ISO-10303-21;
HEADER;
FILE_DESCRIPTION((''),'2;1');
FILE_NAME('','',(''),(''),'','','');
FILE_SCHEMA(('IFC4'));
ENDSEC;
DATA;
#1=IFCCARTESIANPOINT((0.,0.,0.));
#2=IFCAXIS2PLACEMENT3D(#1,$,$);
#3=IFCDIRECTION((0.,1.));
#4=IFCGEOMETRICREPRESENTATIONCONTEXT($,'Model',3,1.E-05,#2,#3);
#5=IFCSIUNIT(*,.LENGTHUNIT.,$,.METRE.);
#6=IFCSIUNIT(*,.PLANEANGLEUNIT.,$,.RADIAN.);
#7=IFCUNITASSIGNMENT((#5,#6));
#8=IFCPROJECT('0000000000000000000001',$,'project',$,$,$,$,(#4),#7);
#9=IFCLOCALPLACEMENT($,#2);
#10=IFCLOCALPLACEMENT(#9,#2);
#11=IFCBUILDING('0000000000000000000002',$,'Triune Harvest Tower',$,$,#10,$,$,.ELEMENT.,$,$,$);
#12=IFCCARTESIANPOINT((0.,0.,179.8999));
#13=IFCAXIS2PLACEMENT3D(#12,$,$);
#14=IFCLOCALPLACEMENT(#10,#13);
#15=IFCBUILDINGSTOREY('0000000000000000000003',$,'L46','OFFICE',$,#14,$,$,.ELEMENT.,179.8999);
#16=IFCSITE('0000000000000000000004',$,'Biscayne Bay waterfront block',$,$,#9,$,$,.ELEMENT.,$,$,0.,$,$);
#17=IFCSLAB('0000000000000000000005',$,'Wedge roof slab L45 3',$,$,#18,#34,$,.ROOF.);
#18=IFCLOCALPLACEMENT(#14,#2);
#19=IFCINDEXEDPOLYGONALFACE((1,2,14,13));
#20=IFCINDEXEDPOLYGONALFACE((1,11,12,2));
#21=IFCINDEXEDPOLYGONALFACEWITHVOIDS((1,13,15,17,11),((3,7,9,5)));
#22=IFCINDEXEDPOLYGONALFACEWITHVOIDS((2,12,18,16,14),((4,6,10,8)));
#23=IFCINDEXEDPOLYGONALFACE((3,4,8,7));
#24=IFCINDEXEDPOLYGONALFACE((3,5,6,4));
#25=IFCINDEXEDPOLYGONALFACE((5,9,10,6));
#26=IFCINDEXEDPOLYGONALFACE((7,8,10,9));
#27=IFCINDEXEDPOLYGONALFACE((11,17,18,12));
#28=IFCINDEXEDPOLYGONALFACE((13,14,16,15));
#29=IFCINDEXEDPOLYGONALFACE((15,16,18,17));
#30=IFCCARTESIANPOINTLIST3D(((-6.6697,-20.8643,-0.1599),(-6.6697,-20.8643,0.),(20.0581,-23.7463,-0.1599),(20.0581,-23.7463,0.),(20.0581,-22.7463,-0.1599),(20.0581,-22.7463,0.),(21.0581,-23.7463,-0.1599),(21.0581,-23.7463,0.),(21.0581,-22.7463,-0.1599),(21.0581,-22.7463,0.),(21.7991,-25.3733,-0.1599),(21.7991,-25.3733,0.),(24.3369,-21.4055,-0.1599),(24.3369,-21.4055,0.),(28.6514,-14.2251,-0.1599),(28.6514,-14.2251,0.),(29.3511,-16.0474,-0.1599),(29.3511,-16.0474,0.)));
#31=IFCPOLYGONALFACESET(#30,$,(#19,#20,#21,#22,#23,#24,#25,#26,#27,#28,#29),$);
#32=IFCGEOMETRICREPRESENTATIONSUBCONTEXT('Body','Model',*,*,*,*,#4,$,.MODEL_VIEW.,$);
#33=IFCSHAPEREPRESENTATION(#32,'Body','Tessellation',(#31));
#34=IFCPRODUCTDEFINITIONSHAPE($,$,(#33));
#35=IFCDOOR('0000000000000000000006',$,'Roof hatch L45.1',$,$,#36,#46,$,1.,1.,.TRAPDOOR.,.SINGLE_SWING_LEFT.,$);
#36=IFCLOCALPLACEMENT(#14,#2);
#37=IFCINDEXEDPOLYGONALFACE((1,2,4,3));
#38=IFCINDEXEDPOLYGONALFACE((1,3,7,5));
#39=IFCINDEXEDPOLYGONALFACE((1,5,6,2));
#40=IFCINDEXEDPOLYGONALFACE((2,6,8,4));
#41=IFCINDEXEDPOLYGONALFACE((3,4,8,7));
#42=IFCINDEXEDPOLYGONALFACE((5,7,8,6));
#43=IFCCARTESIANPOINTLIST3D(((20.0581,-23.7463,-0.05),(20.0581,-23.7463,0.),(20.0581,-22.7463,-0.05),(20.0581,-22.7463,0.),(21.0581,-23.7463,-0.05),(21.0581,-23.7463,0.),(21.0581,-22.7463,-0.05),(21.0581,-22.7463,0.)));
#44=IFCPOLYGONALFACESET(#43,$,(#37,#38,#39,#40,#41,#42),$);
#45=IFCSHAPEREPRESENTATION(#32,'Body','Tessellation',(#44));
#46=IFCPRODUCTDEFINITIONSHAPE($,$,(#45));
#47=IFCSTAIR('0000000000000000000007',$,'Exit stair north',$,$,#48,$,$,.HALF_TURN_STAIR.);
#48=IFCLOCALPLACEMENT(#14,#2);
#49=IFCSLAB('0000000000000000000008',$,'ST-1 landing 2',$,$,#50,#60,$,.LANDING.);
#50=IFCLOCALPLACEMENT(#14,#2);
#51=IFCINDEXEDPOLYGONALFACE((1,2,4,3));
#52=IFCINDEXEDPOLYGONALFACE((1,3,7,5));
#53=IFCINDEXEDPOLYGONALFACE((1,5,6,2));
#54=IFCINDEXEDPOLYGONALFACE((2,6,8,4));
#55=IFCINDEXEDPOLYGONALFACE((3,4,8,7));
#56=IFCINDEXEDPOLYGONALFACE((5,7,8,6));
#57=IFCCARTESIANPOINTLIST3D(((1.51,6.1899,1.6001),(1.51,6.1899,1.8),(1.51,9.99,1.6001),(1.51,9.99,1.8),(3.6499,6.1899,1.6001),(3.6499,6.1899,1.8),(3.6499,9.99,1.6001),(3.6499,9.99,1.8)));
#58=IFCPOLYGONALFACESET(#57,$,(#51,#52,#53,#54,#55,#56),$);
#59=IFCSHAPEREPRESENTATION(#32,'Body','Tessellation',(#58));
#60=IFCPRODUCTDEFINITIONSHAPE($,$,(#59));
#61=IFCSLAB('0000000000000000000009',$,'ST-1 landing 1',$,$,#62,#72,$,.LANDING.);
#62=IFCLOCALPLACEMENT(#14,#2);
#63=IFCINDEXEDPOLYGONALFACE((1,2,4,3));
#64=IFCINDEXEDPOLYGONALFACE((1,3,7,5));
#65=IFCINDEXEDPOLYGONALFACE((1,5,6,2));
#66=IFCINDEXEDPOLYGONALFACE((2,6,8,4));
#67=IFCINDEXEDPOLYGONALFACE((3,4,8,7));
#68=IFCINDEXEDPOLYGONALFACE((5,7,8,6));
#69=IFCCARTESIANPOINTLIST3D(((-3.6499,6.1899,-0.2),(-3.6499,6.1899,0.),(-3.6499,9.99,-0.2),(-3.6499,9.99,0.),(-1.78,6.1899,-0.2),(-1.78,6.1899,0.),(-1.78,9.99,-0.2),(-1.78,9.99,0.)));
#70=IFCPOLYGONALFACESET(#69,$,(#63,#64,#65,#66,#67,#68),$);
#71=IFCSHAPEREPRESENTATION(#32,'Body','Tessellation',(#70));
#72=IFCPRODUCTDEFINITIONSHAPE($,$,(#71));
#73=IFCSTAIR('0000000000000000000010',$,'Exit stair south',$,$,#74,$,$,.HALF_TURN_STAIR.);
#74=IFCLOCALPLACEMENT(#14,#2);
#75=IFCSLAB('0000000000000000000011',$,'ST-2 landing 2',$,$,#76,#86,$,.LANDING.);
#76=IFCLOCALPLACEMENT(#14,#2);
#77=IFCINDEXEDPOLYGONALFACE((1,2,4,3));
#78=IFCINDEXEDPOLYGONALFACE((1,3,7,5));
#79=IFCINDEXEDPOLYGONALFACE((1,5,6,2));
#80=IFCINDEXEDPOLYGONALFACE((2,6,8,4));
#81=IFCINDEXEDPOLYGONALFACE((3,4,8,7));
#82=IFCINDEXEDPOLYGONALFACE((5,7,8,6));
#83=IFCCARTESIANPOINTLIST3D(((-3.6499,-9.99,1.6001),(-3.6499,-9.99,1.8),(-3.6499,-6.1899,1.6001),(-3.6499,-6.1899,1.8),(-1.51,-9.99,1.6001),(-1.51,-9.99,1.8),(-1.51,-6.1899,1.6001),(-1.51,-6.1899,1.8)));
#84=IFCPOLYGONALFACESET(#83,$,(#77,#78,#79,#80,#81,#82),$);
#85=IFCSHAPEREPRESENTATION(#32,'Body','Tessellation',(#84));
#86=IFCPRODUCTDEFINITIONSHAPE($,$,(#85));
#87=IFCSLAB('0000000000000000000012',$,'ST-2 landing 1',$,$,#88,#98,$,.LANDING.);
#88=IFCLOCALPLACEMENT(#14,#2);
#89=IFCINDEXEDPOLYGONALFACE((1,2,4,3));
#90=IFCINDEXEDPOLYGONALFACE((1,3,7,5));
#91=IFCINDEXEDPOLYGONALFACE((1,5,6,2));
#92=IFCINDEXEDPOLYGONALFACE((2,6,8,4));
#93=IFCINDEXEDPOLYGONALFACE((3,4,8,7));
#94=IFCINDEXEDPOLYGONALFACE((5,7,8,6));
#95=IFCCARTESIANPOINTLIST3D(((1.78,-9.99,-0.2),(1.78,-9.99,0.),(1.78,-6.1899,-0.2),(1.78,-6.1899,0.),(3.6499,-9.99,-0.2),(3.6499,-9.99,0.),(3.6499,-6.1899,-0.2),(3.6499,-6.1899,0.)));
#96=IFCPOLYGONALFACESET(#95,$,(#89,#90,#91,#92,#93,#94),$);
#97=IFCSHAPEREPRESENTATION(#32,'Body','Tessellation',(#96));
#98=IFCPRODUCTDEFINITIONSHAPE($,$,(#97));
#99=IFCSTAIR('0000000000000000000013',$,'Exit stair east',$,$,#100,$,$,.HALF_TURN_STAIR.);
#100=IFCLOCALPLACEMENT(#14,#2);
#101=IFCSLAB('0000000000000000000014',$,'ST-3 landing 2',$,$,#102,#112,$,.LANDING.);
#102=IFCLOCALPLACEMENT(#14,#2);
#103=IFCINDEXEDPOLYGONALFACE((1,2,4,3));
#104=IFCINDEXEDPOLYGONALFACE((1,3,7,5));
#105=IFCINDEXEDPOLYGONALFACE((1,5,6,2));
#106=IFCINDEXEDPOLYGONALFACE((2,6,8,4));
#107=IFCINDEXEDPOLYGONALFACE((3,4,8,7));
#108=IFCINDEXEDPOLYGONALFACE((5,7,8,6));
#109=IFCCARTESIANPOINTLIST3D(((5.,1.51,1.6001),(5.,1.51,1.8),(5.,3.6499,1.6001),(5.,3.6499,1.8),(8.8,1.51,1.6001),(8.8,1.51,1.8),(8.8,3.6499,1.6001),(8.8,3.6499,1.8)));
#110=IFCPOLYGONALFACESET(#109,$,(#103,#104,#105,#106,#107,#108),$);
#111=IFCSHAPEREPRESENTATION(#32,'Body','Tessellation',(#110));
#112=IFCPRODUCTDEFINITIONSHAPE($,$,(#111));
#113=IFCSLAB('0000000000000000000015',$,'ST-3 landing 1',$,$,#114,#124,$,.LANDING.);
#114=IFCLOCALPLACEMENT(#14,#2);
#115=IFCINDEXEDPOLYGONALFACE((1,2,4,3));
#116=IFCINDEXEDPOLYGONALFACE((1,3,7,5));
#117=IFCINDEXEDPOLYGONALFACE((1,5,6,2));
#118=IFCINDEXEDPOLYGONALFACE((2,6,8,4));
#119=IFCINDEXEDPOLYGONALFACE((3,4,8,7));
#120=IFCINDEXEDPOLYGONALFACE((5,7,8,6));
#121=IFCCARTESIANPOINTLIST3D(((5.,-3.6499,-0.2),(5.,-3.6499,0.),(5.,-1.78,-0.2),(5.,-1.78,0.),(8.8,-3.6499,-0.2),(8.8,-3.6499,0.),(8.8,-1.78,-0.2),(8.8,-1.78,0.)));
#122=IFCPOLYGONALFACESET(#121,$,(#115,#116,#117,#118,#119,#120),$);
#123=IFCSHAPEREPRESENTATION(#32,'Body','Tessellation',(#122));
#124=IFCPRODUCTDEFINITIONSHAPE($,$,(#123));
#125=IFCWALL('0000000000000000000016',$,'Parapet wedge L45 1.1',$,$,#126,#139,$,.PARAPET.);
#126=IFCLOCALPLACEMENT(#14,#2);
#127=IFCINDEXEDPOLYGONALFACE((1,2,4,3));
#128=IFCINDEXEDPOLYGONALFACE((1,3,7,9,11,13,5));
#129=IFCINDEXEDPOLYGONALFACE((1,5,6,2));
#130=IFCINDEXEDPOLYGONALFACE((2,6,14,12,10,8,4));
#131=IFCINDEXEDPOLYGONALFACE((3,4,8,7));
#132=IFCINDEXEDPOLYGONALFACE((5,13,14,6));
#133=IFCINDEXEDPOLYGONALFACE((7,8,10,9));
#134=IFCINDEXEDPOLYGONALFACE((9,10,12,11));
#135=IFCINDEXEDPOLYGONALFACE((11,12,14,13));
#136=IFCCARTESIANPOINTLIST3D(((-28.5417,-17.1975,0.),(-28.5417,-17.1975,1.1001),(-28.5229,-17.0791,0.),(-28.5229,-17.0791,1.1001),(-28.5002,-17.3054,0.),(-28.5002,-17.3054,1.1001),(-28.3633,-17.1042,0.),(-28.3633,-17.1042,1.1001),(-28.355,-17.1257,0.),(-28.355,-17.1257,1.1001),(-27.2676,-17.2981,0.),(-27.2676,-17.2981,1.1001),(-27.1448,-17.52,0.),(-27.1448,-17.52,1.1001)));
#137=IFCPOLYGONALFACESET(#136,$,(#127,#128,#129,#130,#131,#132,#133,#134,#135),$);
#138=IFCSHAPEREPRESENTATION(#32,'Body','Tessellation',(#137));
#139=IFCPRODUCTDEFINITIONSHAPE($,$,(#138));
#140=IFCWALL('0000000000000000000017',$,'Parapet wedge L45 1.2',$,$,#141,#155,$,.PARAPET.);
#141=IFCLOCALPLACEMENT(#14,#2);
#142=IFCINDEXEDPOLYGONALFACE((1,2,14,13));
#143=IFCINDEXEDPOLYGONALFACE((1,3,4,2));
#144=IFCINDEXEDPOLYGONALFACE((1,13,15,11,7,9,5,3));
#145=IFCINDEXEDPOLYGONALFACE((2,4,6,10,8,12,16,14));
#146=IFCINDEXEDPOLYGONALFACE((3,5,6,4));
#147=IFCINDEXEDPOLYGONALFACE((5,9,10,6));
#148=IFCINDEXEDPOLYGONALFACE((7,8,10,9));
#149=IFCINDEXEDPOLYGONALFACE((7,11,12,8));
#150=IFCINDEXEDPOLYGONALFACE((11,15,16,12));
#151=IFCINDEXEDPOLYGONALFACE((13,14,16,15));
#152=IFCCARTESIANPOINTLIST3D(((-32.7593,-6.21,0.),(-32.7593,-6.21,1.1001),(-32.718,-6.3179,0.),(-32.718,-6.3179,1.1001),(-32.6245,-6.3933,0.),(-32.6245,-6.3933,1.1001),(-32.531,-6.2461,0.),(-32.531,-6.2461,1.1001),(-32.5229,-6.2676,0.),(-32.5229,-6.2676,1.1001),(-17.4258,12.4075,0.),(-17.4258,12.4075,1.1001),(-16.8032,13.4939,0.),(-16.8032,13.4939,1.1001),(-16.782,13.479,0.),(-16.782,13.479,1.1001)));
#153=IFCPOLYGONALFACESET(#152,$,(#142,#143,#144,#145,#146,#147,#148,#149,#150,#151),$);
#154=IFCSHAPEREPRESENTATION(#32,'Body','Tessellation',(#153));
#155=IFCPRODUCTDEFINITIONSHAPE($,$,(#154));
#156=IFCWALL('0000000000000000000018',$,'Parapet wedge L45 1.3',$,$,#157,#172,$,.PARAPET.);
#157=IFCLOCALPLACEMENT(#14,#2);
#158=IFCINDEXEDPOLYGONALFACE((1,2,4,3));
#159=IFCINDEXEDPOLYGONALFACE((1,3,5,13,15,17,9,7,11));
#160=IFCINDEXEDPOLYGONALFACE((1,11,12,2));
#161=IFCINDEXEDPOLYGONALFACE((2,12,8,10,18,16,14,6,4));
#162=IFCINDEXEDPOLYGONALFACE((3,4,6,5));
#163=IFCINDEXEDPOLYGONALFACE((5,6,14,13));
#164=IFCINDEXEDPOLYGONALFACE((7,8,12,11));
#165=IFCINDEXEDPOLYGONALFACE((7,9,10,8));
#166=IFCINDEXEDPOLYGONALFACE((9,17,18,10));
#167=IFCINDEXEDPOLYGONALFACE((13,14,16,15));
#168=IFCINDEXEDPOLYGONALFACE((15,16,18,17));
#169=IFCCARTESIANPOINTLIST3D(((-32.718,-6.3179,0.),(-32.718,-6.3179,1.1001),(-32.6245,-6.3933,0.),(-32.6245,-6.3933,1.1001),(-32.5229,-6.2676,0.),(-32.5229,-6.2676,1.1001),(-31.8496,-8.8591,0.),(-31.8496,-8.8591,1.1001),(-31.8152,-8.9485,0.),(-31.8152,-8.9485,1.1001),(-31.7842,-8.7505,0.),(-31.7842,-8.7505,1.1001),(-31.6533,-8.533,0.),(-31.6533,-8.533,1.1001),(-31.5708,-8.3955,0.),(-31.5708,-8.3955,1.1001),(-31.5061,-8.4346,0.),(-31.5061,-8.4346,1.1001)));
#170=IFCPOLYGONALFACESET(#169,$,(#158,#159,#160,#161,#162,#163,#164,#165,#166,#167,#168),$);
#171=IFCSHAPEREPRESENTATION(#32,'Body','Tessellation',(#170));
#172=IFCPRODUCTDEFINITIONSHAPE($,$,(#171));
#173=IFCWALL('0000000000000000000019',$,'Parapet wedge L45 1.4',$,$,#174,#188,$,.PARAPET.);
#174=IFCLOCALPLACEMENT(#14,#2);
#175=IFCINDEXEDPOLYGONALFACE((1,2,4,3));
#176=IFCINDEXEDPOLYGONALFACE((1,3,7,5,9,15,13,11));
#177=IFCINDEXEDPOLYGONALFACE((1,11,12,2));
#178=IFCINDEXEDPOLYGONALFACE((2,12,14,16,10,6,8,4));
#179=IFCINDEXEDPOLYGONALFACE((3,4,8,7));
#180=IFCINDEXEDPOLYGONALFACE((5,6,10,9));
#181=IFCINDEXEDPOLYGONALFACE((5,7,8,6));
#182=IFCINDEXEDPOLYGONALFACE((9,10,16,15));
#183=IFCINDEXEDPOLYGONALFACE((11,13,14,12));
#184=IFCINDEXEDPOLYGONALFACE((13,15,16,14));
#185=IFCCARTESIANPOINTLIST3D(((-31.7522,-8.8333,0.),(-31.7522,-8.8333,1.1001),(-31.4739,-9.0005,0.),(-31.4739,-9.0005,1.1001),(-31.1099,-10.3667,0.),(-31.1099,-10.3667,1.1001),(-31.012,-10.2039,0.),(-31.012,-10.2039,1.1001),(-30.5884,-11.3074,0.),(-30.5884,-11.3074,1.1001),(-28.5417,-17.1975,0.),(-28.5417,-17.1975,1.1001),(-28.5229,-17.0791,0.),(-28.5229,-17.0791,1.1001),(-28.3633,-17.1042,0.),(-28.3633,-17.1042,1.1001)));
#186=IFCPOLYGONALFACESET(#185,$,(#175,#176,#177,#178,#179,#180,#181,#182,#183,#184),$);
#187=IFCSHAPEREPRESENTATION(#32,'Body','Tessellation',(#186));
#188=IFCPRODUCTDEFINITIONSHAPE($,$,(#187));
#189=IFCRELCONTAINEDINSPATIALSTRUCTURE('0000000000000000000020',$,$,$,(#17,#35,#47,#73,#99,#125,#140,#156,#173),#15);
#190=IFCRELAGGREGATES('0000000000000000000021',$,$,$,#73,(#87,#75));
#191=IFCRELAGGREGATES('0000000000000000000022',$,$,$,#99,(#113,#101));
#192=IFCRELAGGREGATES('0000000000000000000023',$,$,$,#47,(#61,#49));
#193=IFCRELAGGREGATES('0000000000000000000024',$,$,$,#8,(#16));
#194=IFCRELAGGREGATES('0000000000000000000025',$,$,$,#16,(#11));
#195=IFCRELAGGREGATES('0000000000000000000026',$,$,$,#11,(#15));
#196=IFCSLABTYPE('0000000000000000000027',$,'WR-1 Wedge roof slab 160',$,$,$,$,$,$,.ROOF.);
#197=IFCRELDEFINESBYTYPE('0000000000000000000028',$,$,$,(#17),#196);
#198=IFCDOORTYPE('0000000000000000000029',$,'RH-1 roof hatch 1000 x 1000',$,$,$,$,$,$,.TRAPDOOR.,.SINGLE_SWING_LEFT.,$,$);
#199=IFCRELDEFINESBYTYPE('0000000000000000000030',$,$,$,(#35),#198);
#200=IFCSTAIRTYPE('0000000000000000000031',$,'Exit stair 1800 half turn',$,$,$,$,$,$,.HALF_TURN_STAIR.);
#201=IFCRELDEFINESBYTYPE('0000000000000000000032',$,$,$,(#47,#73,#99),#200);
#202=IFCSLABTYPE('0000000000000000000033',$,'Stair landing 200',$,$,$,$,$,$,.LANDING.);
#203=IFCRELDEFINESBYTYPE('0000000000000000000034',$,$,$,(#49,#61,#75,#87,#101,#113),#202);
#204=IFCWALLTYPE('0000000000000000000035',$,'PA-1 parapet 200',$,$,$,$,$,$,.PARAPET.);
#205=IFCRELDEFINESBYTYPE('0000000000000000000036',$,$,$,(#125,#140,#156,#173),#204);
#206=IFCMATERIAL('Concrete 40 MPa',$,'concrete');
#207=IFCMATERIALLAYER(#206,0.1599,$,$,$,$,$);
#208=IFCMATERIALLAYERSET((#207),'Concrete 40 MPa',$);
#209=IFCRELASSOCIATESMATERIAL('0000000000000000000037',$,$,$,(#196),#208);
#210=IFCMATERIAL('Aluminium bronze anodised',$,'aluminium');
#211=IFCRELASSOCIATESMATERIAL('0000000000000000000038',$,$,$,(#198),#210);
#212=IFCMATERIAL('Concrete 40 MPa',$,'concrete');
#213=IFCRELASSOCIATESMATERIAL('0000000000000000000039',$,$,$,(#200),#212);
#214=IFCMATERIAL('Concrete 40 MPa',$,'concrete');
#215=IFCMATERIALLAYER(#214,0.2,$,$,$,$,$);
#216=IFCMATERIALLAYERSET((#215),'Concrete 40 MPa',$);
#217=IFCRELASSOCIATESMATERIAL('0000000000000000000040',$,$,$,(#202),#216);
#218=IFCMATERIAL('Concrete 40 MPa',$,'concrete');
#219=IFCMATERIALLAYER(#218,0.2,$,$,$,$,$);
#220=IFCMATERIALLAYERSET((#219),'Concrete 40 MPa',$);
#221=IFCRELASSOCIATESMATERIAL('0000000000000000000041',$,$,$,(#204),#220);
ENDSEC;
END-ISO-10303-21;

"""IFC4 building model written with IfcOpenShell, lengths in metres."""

from ifc_helpers import new_model, si_unit, direction, frame, origin, origin_2d, place, context, subcontext, project, spatial, polyline, rectangle, outline, extrude, source, transform, mapped, material, layer, layer_set, type_object, element, fill, aggregate, save


model = new_model("IFC4")

# Units and contexts
model_context = context("Model", 3, precision=1e-05, world=origin(), true_north=direction((0.0, 1.0)))
body_context = subcontext(model_context, "Body", "Model", "MODEL_VIEW")
ifc_project = project(units=[si_unit("LENGTHUNIT", "METRE"), si_unit("PLANEANGLEUNIT", "RADIAN")], contexts=[model_context])

# Site, building, storey
site_placement = place(None, origin())
site = spatial("IfcSite", under=ifc_project, at=site_placement, Name="Biscayne Bay waterfront block", CompositionType="ELEMENT", RefElevation=0.0)
building_placement = place(site_placement, origin())
building = spatial("IfcBuilding", under=site, at=building_placement, Name="Triune Harvest Tower", CompositionType="ELEMENT")
storey_placement = place(building_placement, frame((0.0, 0.0, 179.8999)))
storey = spatial("IfcBuildingStorey", under=building, at=storey_placement, Name="L46", Description="OFFICE", CompositionType="ELEMENT", Elevation=179.8999)

# Slab, opening, door
ifc_material_1 = material(Name="Concrete 40 MPa", Category="concrete")
ifc_layer_1 = layer(ifc_material_1, 0.1599)
ifc_layer_set_1 = layer_set([ifc_layer_1], Name="Concrete 40 MPa")
slab_type_1 = type_object("IfcSlabType", Name="WR-1 Wedge roof slab 160", PredefinedType="ROOF", material=ifc_layer_set_1)
slab_1_placement = place(storey_placement, frame((0.0, 0.0, -0.1599)))
slab_1 = element("IfcSlab", 1, at=slab_1_placement, inside=storey, type_object=slab_type_1, Name="Wedge roof slab L45 3", PredefinedType="ROOF", context=body_context, shape_type="SweptSolid", body=[
    extrude(outline(polyline([(29.3511, -16.0474), (28.6514, -14.2251), (24.3369, -21.4055), (-6.6697, -20.8643), (21.7991, -25.3733), (29.3511, -16.0474)])), origin(), (0.0, 0.0, 1.0), 0.1599),
])
opening_1_placement = place(slab_1_placement, frame((20.5581, -23.2463, 0.0)))
opening_1 = element("IfcOpeningElement", 2, at=opening_1_placement, cuts=slab_1, PredefinedType="OPENING", context=body_context, shape_type="SweptSolid", body=[
    extrude(rectangle(XDim=1.0, YDim=1.0, at=origin_2d()), origin(), (0.0, 0.0, 1.0), 0.1599),
])
ifc_material_2 = material(Name="Aluminium bronze anodised", Category="aluminium")
door_type_1 = type_object("IfcDoorType", Name="RH-1 roof hatch 1000 x 1000", OperationType="SINGLE_SWING_LEFT", PredefinedType="TRAPDOOR", material=ifc_material_2)
door_1_placement = place(opening_1_placement, frame((0.0, 0.0, 0.1099)))
door_1 = element("IfcDoor", 3, at=door_1_placement, inside=storey, type_object=door_type_1, Name="Roof hatch L45.1", OperationType="SINGLE_SWING_LEFT", OverallHeight=1.0, OverallWidth=1.0, PredefinedType="TRAPDOOR", context=body_context, shape_type="SweptSolid", body=[
    extrude(rectangle(XDim=1.0, YDim=1.0, at=origin_2d()), origin(), (0.0, 0.0, 1.0), 0.05),
])
fill(opening_1, door_1)

# Stairs, slabs
ifc_material_3 = material(Name="Concrete 40 MPa", Category="concrete")
stair_type = type_object("IfcStairType", Name="Exit stair 1800 half turn", PredefinedType="HALF_TURN_STAIR", material=ifc_material_3)
stair_1_placement = place(storey_placement, origin())
stair_1 = element("IfcStair", 4, at=stair_1_placement, inside=storey, type_object=stair_type, Name="Exit stair north", PredefinedType="HALF_TURN_STAIR")
ifc_material_4 = material(Name="Concrete 40 MPa", Category="concrete")
ifc_layer_2 = layer(ifc_material_4, 0.2)
ifc_layer_set_2 = layer_set([ifc_layer_2], Name="Concrete 40 MPa")
slab_type_2 = type_object("IfcSlabType", Name="Stair landing 200", PredefinedType="LANDING", material=ifc_layer_set_2)
shared_shape_1 = source(origin(), body_context, "Body", "SweptSolid", [
    extrude(outline(polyline([(1.51, 6.1899), (3.6499, 6.1899), (3.6499, 9.99), (1.51, 9.99), (1.51, 6.1899)])), origin(), (0.0, 0.0, 1.0), 0.2),
])
slab_2_placement = place(storey_placement, frame((0.0, 0.0, 1.6001)))
slab_2 = element("IfcSlab", 5, at=slab_2_placement, type_object=slab_type_2, Name="ST-1 landing 2", PredefinedType="LANDING", context=body_context, shape_type="MappedRepresentation", body=[
    mapped(shared_shape_1, transform((0.0, 0.0, 0.0), scale=1.0)),
])
shared_shape_2 = source(origin(), body_context, "Body", "SweptSolid", [
    extrude(outline(polyline([(-3.6499, 6.1899), (-1.78, 6.1899), (-1.78, 9.99), (-3.6499, 9.99), (-3.6499, 6.1899)])), origin(), (0.0, 0.0, 1.0), 0.2),
])
slab_3_placement = place(storey_placement, frame((0.0, 0.0, -0.2)))
slab_3 = element("IfcSlab", 6, at=slab_3_placement, type_object=slab_type_2, Name="ST-1 landing 1", PredefinedType="LANDING", context=body_context, shape_type="MappedRepresentation", body=[
    mapped(shared_shape_2, transform((0.0, 0.0, 0.0), scale=1.0)),
])
stair_2_placement = place(storey_placement, origin())
stair_2 = element("IfcStair", 7, at=stair_2_placement, inside=storey, type_object=stair_type, Name="Exit stair south", PredefinedType="HALF_TURN_STAIR")
shared_shape_3 = source(origin(), body_context, "Body", "SweptSolid", [
    extrude(outline(polyline([(-1.51, -6.1899), (-3.6499, -6.1899), (-3.6499, -9.99), (-1.51, -9.99), (-1.51, -6.1899)])), origin(), (0.0, 0.0, 1.0), 0.2),
])
slab_4_placement = place(storey_placement, frame((0.0, 0.0, 1.6001)))
slab_4 = element("IfcSlab", 8, at=slab_4_placement, type_object=slab_type_2, Name="ST-2 landing 2", PredefinedType="LANDING", context=body_context, shape_type="MappedRepresentation", body=[
    mapped(shared_shape_3, transform((0.0, 0.0, 0.0), scale=1.0)),
])
shared_shape_4 = source(origin(), body_context, "Body", "SweptSolid", [
    extrude(outline(polyline([(3.6499, -6.1899), (1.78, -6.1899), (1.78, -9.99), (3.6499, -9.99), (3.6499, -6.1899)])), origin(), (0.0, 0.0, 1.0), 0.2),
])
slab_5_placement = place(storey_placement, frame((0.0, 0.0, -0.2)))
slab_5 = element("IfcSlab", 9, at=slab_5_placement, type_object=slab_type_2, Name="ST-2 landing 1", PredefinedType="LANDING", context=body_context, shape_type="MappedRepresentation", body=[
    mapped(shared_shape_4, transform((0.0, 0.0, 0.0), scale=1.0)),
])
aggregate(stair_2, [slab_5, slab_4])
stair_3_placement = place(storey_placement, origin())
stair_3 = element("IfcStair", 10, at=stair_3_placement, inside=storey, type_object=stair_type, Name="Exit stair east", PredefinedType="HALF_TURN_STAIR")
shared_shape_5 = source(origin(), body_context, "Body", "SweptSolid", [
    extrude(outline(polyline([(8.8, 1.51), (8.8, 3.6499), (5.0, 3.6499), (5.0, 1.51), (8.8, 1.51)])), origin(), (0.0, 0.0, 1.0), 0.2),
])
slab_6_placement = place(storey_placement, frame((0.0, 0.0, 1.6001)))
slab_6 = element("IfcSlab", 11, at=slab_6_placement, type_object=slab_type_2, Name="ST-3 landing 2", PredefinedType="LANDING", context=body_context, shape_type="MappedRepresentation", body=[
    mapped(shared_shape_5, transform((0.0, 0.0, 0.0), scale=1.0)),
])
shared_shape_6 = source(origin(), body_context, "Body", "SweptSolid", [
    extrude(outline(polyline([(8.8, -3.6499), (8.8, -1.78), (5.0, -1.78), (5.0, -3.6499), (8.8, -3.6499)])), origin(), (0.0, 0.0, 1.0), 0.2),
])
slab_7_placement = place(storey_placement, frame((0.0, 0.0, -0.2)))
slab_7 = element("IfcSlab", 12, at=slab_7_placement, type_object=slab_type_2, Name="ST-3 landing 1", PredefinedType="LANDING", context=body_context, shape_type="MappedRepresentation", body=[
    mapped(shared_shape_6, transform((0.0, 0.0, 0.0), scale=1.0)),
])
aggregate(stair_3, [slab_7, slab_6])

# Walls
ifc_material_5 = material(Name="Concrete 40 MPa", Category="concrete")
ifc_layer_3 = layer(ifc_material_5, 0.2)
ifc_layer_set_3 = layer_set([ifc_layer_3], Name="Concrete 40 MPa")
wall_type_1 = type_object("IfcWallType", Name="PA-1 parapet 200", PredefinedType="PARAPET", material=ifc_layer_set_3)
wall_1_placement = place(storey_placement, origin())
element("IfcWall", 13, at=wall_1_placement, inside=storey, type_object=wall_type_1, Name="Parapet wedge L45 1.1", PredefinedType="PARAPET", context=body_context, shape_type="SweptSolid", body=[
    extrude(outline(polyline([(-28.3633, -17.1042), (-28.355, -17.1257), (-27.2676, -17.2981), (-27.1448, -17.52), (-28.5002, -17.3054), (-28.5417, -17.1975), (-28.5229, -17.0791), (-28.3633, -17.1042)])), origin(), (0.0, 0.0, 1.0), 1.1001),
])
wall_2_placement = place(storey_placement, origin())
element("IfcWall", 14, at=wall_2_placement, inside=storey, type_object=wall_type_1, Name="Parapet wedge L45 1.2", PredefinedType="PARAPET", context=body_context, shape_type="SweptSolid", body=[
    extrude(outline(polyline([(-16.8032, 13.4939), (-16.782, 13.479), (-17.4258, 12.4075), (-32.531, -6.2461), (-32.5229, -6.2676), (-32.6245, -6.3933), (-32.718, -6.3179), (-32.7593, -6.21), (-16.8032, 13.4939)])), origin(), (0.0, 0.0, 1.0), 1.1001),
])
wall_3_placement = place(storey_placement, origin())
element("IfcWall", 15, at=wall_3_placement, inside=storey, type_object=wall_type_1, Name="Parapet wedge L45 1.3", PredefinedType="PARAPET", context=body_context, shape_type="SweptSolid", body=[
    extrude(outline(polyline([(-32.718, -6.3179), (-32.6245, -6.3933), (-32.5229, -6.2676), (-31.6533, -8.533), (-31.5708, -8.3955), (-31.5061, -8.4346), (-31.8152, -8.9485), (-31.8496, -8.8591), (-31.7842, -8.7505), (-32.718, -6.3179)])), origin(), (0.0, 0.0, 1.0), 1.1001),
])
wall_4_placement = place(storey_placement, origin())
element("IfcWall", 16, at=wall_4_placement, inside=storey, type_object=wall_type_1, Name="Parapet wedge L45 1.4", PredefinedType="PARAPET", context=body_context, shape_type="SweptSolid", body=[
    extrude(outline(polyline([(-31.012, -10.2039), (-31.1099, -10.3667), (-30.5884, -11.3074), (-28.3633, -17.1042), (-28.5229, -17.0791), (-28.5417, -17.1975), (-31.7522, -8.8333), (-31.4739, -9.0005), (-31.012, -10.2039)])), origin(), (0.0, 0.0, 1.0), 1.1001),
])

aggregate(stair_1, [slab_3, slab_2])

save(model, "model.ifc")
